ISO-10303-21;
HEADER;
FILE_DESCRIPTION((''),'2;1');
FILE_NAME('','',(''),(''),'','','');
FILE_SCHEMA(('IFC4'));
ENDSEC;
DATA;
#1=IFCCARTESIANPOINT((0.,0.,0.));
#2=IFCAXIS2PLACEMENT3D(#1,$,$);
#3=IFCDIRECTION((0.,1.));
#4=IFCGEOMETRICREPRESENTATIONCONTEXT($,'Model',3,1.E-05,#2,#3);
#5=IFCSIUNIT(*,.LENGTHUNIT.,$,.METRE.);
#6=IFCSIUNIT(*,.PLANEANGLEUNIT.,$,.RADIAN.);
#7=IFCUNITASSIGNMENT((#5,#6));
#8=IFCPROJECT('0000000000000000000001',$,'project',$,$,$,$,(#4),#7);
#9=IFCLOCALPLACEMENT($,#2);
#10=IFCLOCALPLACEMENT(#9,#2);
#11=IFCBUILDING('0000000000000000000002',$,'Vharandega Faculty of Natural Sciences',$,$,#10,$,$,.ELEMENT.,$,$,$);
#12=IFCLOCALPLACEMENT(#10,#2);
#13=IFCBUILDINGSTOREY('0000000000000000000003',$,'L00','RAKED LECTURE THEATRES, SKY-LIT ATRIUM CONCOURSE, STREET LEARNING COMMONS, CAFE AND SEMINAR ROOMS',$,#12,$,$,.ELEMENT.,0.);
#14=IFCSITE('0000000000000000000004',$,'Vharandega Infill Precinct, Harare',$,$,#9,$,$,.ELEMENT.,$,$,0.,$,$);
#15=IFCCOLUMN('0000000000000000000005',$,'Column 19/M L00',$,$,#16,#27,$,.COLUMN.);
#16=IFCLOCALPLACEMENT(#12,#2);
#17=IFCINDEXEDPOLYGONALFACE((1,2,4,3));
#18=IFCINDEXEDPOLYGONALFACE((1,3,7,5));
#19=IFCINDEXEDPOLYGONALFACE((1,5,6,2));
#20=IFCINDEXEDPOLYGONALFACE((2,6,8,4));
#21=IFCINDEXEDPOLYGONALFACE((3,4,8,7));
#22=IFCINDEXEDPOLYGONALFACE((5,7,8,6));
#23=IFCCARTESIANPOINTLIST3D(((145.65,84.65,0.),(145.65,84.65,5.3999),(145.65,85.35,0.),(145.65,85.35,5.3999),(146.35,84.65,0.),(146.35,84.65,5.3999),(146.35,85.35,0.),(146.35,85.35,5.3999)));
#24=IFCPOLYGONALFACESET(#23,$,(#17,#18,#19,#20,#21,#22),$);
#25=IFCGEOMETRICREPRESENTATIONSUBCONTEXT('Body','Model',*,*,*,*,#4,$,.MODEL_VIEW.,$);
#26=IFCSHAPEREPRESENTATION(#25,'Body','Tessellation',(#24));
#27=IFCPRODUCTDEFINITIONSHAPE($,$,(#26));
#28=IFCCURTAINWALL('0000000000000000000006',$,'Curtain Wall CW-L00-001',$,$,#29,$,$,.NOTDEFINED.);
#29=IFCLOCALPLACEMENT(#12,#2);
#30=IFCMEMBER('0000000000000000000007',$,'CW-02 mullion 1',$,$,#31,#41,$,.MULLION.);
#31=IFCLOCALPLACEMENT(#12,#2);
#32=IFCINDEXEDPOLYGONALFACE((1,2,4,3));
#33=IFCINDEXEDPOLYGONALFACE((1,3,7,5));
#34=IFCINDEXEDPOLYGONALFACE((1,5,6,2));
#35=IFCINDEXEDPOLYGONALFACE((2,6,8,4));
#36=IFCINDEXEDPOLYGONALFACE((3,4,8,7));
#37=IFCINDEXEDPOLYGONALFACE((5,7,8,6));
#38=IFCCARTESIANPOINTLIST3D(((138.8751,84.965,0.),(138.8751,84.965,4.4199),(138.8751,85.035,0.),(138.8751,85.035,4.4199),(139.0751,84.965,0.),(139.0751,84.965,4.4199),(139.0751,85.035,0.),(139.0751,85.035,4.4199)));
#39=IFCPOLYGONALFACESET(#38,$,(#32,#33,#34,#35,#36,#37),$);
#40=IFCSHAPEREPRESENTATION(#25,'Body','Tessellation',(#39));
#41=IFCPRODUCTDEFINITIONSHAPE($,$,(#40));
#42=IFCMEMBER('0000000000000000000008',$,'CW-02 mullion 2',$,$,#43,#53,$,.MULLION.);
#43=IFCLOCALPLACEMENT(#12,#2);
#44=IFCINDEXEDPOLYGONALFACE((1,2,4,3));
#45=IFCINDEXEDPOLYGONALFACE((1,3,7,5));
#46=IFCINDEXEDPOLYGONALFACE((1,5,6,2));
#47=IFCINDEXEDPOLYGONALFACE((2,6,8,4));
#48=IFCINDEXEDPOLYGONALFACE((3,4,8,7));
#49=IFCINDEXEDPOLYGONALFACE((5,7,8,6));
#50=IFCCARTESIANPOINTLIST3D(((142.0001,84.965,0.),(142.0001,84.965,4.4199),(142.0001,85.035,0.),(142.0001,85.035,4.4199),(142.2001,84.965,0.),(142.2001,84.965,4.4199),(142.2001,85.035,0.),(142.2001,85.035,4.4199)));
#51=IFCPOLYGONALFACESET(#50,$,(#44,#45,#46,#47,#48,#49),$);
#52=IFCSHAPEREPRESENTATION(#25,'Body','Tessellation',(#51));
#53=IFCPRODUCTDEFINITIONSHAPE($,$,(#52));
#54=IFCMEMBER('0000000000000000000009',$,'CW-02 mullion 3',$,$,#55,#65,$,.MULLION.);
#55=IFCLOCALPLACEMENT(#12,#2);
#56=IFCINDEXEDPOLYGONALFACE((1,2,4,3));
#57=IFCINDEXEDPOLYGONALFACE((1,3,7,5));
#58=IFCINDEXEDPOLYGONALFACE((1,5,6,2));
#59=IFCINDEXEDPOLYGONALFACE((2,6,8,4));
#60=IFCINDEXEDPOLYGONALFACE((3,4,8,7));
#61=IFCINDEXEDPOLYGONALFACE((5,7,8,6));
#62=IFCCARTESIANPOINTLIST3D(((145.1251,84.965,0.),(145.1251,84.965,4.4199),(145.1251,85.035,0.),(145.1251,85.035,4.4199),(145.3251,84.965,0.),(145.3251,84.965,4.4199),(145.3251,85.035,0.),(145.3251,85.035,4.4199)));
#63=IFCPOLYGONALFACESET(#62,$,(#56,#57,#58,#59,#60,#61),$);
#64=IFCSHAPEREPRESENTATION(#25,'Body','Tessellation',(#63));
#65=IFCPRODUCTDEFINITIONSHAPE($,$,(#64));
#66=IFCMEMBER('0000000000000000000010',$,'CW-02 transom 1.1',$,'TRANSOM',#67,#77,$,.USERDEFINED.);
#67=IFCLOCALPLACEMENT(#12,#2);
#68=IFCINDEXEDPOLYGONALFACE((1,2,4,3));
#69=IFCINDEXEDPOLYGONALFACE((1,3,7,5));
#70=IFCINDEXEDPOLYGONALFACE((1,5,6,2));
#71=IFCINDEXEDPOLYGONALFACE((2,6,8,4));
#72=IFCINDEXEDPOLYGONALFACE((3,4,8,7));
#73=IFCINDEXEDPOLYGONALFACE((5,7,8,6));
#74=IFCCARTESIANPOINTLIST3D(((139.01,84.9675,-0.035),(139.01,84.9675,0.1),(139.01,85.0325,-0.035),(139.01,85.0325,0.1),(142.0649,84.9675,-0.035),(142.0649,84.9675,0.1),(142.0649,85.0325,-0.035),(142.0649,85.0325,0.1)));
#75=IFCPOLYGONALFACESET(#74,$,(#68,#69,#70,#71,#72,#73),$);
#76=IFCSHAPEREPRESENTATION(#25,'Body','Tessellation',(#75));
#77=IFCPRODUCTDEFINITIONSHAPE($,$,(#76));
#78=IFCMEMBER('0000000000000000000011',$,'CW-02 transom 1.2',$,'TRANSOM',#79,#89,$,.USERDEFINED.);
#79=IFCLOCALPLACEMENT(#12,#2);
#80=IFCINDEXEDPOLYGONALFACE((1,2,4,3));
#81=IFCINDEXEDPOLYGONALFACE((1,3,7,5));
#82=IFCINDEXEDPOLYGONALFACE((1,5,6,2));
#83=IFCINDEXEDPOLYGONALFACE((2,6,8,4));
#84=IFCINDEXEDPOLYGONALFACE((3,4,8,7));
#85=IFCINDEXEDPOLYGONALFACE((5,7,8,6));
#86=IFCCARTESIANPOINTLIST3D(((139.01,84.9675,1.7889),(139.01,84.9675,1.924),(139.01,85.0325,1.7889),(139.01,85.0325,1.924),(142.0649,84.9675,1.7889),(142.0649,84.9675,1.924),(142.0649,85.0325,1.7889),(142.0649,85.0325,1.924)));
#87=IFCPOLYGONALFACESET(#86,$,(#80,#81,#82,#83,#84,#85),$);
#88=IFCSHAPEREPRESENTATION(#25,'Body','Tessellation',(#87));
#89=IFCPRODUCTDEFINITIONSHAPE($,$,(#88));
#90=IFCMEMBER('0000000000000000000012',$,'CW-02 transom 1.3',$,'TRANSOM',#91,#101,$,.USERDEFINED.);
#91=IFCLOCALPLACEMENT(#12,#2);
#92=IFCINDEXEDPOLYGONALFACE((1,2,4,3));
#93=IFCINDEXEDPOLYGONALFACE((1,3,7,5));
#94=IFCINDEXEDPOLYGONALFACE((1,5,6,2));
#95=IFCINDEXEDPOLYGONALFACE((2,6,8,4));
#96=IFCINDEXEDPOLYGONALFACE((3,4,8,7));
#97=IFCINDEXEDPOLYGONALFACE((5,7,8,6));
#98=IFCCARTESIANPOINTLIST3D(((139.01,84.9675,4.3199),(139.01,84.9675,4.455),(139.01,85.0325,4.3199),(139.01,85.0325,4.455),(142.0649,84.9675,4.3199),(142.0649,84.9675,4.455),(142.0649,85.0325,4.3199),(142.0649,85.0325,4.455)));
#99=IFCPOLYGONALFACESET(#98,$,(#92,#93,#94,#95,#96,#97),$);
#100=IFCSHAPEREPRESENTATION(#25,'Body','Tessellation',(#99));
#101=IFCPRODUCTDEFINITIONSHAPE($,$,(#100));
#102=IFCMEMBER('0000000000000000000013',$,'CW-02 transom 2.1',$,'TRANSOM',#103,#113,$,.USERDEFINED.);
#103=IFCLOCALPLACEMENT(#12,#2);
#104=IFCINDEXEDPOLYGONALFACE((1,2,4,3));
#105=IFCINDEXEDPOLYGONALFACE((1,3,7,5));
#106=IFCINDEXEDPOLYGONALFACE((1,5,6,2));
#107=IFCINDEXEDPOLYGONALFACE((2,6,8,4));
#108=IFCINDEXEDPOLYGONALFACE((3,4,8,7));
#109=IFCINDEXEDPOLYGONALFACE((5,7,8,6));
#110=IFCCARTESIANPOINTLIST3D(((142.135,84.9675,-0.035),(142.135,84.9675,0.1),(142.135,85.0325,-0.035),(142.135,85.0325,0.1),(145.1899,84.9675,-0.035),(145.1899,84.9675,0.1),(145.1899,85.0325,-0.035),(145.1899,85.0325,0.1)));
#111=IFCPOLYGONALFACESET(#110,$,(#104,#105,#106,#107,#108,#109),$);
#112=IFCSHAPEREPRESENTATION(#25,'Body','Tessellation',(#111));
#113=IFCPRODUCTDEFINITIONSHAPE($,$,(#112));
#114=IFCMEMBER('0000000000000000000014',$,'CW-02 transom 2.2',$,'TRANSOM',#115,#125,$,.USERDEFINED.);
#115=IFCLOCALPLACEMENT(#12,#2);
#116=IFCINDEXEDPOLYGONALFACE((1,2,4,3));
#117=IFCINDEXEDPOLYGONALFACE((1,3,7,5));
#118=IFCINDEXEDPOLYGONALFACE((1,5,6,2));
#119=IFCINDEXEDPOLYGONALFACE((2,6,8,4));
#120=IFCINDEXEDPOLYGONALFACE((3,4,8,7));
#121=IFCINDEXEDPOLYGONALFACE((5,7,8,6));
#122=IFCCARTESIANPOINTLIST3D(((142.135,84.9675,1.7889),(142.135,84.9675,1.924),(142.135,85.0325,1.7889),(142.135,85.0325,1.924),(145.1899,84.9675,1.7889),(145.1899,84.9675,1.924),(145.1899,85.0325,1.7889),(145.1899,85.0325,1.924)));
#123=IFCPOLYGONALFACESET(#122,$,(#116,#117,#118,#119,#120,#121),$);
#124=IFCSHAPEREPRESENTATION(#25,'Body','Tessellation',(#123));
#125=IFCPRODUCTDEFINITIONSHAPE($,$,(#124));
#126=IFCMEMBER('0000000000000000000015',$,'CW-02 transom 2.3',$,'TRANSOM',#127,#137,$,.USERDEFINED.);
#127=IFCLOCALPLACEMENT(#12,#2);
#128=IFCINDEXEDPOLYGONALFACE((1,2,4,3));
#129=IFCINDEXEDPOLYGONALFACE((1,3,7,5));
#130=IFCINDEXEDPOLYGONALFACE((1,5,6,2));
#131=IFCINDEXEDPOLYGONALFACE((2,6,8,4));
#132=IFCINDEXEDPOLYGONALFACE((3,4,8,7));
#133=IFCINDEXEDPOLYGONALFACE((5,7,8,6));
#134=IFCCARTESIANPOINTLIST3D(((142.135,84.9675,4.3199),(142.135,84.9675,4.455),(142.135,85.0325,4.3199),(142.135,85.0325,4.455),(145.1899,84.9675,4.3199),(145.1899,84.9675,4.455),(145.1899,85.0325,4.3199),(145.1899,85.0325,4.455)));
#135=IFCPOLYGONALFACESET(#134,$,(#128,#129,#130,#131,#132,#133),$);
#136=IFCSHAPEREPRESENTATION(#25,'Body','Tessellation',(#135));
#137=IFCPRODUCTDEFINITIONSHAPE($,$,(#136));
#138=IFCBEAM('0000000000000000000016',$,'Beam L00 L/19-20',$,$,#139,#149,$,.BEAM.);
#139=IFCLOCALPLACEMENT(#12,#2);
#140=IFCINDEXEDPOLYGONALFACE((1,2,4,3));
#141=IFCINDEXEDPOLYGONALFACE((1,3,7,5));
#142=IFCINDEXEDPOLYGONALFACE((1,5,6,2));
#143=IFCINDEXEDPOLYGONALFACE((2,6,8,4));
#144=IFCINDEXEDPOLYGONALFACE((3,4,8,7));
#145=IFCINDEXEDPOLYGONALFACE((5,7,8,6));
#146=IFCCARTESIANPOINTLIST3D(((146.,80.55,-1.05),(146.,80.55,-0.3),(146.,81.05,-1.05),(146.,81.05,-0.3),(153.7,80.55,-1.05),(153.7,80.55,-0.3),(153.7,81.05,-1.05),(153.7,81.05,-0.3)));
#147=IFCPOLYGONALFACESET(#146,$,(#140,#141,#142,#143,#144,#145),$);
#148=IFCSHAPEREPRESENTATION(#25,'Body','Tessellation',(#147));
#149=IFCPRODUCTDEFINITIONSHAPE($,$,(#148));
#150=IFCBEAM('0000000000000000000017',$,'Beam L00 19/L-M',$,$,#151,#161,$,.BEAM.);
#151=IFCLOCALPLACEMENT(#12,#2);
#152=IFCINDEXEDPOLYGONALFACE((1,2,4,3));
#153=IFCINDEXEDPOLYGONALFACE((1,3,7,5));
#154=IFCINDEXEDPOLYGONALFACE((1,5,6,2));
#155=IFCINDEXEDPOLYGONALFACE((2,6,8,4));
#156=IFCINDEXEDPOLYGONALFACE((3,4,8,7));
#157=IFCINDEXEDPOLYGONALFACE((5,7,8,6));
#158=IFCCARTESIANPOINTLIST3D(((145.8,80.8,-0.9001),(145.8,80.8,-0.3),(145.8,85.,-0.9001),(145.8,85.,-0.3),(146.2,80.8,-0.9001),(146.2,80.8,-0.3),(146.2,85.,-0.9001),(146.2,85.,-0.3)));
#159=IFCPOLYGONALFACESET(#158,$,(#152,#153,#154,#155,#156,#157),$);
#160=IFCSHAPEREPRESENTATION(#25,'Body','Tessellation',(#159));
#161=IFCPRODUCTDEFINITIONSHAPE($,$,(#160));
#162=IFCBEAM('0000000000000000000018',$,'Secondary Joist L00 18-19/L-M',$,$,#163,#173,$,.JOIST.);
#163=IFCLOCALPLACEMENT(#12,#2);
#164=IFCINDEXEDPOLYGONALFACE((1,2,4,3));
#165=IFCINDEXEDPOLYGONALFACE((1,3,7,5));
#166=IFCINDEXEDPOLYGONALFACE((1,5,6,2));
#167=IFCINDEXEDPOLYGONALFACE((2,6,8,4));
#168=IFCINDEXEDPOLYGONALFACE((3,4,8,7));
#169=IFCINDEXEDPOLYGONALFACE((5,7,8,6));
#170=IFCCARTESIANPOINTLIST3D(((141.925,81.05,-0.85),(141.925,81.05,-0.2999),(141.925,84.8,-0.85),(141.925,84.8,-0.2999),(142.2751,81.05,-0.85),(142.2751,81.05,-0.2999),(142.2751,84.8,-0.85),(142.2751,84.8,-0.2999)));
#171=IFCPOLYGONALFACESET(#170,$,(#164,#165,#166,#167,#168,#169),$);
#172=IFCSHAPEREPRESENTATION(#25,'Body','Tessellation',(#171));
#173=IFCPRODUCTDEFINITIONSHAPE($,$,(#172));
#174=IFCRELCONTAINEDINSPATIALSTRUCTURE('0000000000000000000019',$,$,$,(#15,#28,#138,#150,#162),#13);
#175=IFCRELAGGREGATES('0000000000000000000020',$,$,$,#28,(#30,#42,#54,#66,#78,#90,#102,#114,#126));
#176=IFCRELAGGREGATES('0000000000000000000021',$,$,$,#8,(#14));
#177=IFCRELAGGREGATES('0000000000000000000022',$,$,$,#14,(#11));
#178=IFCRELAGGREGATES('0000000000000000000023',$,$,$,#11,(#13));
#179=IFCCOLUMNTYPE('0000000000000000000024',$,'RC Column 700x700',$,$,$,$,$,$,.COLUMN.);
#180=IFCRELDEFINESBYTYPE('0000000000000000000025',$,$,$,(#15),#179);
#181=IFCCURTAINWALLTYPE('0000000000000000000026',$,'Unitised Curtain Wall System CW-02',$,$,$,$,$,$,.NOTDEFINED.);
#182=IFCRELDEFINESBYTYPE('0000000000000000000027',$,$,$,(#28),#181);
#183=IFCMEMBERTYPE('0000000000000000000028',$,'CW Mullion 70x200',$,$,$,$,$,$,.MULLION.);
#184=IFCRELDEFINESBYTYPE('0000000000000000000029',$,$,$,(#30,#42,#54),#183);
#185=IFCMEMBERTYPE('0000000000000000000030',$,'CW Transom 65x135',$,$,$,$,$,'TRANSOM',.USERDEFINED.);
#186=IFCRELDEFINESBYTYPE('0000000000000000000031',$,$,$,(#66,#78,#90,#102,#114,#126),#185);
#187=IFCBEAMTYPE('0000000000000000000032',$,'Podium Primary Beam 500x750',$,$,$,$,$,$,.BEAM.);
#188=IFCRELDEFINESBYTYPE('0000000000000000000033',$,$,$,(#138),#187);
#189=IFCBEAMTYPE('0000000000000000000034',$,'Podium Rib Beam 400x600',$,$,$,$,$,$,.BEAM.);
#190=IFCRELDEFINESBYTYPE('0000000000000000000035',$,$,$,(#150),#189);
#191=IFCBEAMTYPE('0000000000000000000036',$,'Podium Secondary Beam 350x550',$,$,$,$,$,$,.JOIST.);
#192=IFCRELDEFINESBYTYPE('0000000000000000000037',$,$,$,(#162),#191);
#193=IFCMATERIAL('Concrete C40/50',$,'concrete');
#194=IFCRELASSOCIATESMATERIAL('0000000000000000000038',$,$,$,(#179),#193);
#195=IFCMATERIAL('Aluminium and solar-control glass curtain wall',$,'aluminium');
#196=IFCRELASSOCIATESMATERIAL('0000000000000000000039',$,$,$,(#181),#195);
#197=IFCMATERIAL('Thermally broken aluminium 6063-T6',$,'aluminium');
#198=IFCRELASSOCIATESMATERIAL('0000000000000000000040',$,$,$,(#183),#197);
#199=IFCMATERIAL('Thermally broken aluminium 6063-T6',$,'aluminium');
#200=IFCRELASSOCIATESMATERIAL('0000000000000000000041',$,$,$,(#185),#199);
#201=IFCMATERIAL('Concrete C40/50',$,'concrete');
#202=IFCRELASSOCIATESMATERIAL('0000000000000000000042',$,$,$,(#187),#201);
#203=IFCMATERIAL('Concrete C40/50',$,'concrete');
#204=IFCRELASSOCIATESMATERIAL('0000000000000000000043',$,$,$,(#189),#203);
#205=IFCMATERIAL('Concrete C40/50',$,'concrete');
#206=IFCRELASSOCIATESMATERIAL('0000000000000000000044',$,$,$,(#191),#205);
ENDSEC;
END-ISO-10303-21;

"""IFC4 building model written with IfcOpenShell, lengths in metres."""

from ifc_helpers import new_model, si_unit, direction, frame, origin, origin_2d, place, context, subcontext, project, spatial, rectangle, extrude, material, material_profile, profile_set, type_object, element, aggregate, save


model = new_model("IFC4")

# Units and contexts
model_context = context("Model", 3, precision=1e-05, world=origin(), true_north=direction((0.0, 1.0)))
body_context = subcontext(model_context, "Body", "Model", "MODEL_VIEW")
ifc_project = project(units=[si_unit("LENGTHUNIT", "METRE"), si_unit("PLANEANGLEUNIT", "RADIAN")], contexts=[model_context])

# Site, building, storey
site_placement = place(None, origin())
site = spatial("IfcSite", under=ifc_project, at=site_placement, Name="Vharandega Infill Precinct, Harare", CompositionType="ELEMENT", RefElevation=0.0)
building_placement = place(site_placement, origin())
building = spatial("IfcBuilding", under=site, at=building_placement, Name="Vharandega Faculty of Natural Sciences", CompositionType="ELEMENT")
storey_placement = place(building_placement, origin())
storey = spatial("IfcBuildingStorey", under=building, at=storey_placement, Name="L00", Description="RAKED LECTURE THEATRES, SKY-LIT ATRIUM CONCOURSE, STREET LEARNING COMMONS, CAFE AND SEMINAR ROOMS", CompositionType="ELEMENT", Elevation=0.0)

# Column
ifc_material_1 = material(Name="Concrete C40/50", Category="concrete")
ifc_material_profile_1 = material_profile(ifc_material_1, rectangle(XDim=0.7, YDim=0.7, at=origin_2d()), Name="RC 700x700")
ifc_profile_set_1 = profile_set([ifc_material_profile_1], Name="Concrete C40/50")
column_type = type_object("IfcColumnType", Name="RC Column 700x700", PredefinedType="COLUMN", material=ifc_profile_set_1)
column_placement = place(storey_placement, frame((146.0, 85.0, 0.0), z_axis=(0.0, 0.0, 1.0), x_axis=(1.0, 0.0, 0.0)))
element("IfcColumn", 1, at=column_placement, inside=storey, type_object=column_type, Name="Column 19/M L00", PredefinedType="COLUMN", context=body_context, shape_type="SweptSolid", body=[
    extrude(rectangle(XDim=0.7, YDim=0.7, at=origin_2d()), origin(), (0.0, 0.0, 1.0), 5.3999),
])

# Curtain wall, members
ifc_material_2 = material(Name="Aluminium and solar-control glass curtain wall", Category="aluminium")
curtain_wall_type = type_object("IfcCurtainWallType", Name="Unitised Curtain Wall System CW-02", PredefinedType="NOTDEFINED", material=ifc_material_2)
curtain_wall_placement = place(storey_placement, origin())
curtain_wall = element("IfcCurtainWall", 2, at=curtain_wall_placement, inside=storey, type_object=curtain_wall_type, Name="Curtain Wall CW-L00-001", PredefinedType="NOTDEFINED")
ifc_material_3 = material(Name="Thermally broken aluminium 6063-T6", Category="aluminium")
ifc_material_profile_2 = material_profile(ifc_material_3, rectangle(XDim=0.0701, YDim=0.2, at=origin_2d()), Name="ALU 70x200")
ifc_profile_set_2 = profile_set([ifc_material_profile_2], Name="Thermally broken aluminium 6063-T6")
member_type_1 = type_object("IfcMemberType", Name="CW Mullion 70x200", PredefinedType="MULLION", material=ifc_profile_set_2)
member_1_placement = place(storey_placement, frame((138.9751, 85.0, 0.0), z_axis=(0.0, 0.0, 1.0), x_axis=(0.0, 1.0, 0.0)))
member_1 = element("IfcMember", 3, at=member_1_placement, type_object=member_type_1, Name="CW-02 mullion 1", PredefinedType="MULLION", context=body_context, shape_type="SweptSolid", body=[
    extrude(rectangle(XDim=0.0701, YDim=0.2, at=origin_2d()), origin(), (0.0, 0.0, 1.0), 4.4199),
])
member_2_placement = place(storey_placement, frame((142.1001, 85.0, 0.0), z_axis=(0.0, 0.0, 1.0), x_axis=(0.0, 1.0, 0.0)))
member_2 = element("IfcMember", 4, at=member_2_placement, type_object=member_type_1, Name="CW-02 mullion 2", PredefinedType="MULLION", context=body_context, shape_type="SweptSolid", body=[
    extrude(rectangle(XDim=0.0701, YDim=0.2, at=origin_2d()), origin(), (0.0, 0.0, 1.0), 4.4199),
])
member_3_placement = place(storey_placement, frame((145.2251, 85.0, 0.0), z_axis=(0.0, 0.0, 1.0), x_axis=(0.0, 1.0, 0.0)))
member_3 = element("IfcMember", 5, at=member_3_placement, type_object=member_type_1, Name="CW-02 mullion 3", PredefinedType="MULLION", context=body_context, shape_type="SweptSolid", body=[
    extrude(rectangle(XDim=0.0701, YDim=0.2, at=origin_2d()), origin(), (0.0, 0.0, 1.0), 4.4199),
])
ifc_material_4 = material(Name="Thermally broken aluminium 6063-T6", Category="aluminium")
ifc_material_profile_3 = material_profile(ifc_material_4, rectangle(XDim=0.0649, YDim=0.135, at=origin_2d()), Name="ALU 65x135")
ifc_profile_set_3 = profile_set([ifc_material_profile_3], Name="Thermally broken aluminium 6063-T6")
member_type_2 = type_object("IfcMemberType", Name="CW Transom 65x135", ElementType="TRANSOM", PredefinedType="USERDEFINED", material=ifc_profile_set_3)
member_4_placement = place(storey_placement, frame((139.01, 85.0, 0.0325), z_axis=(1.0, 0.0, 0.0), x_axis=(0.0, 1.0, 0.0)))
member_4 = element("IfcMember", 6, at=member_4_placement, type_object=member_type_2, Name="CW-02 transom 1.1", ObjectType="TRANSOM", PredefinedType="USERDEFINED", context=body_context, shape_type="SweptSolid", body=[
    extrude(rectangle(XDim=0.0649, YDim=0.135, at=origin_2d()), origin(), (0.0, 0.0, 1.0), 3.0549),
])
member_5_placement = place(storey_placement, frame((139.01, 85.0, 1.8564), z_axis=(1.0, 0.0, 0.0), x_axis=(0.0, 1.0, 0.0)))
member_5 = element("IfcMember", 7, at=member_5_placement, type_object=member_type_2, Name="CW-02 transom 1.2", ObjectType="TRANSOM", PredefinedType="USERDEFINED", context=body_context, shape_type="SweptSolid", body=[
    extrude(rectangle(XDim=0.0649, YDim=0.135, at=origin_2d()), origin(), (0.0, 0.0, 1.0), 3.0549),
])
member_6_placement = place(storey_placement, frame((139.01, 85.0, 4.3875), z_axis=(1.0, 0.0, 0.0), x_axis=(0.0, 1.0, 0.0)))
member_6 = element("IfcMember", 8, at=member_6_placement, type_object=member_type_2, Name="CW-02 transom 1.3", ObjectType="TRANSOM", PredefinedType="USERDEFINED", context=body_context, shape_type="SweptSolid", body=[
    extrude(rectangle(XDim=0.0649, YDim=0.135, at=origin_2d()), origin(), (0.0, 0.0, 1.0), 3.0549),
])
member_7_placement = place(storey_placement, frame((142.135, 85.0, 0.0325), z_axis=(1.0, 0.0, 0.0), x_axis=(0.0, 1.0, 0.0)))
member_7 = element("IfcMember", 9, at=member_7_placement, type_object=member_type_2, Name="CW-02 transom 2.1", ObjectType="TRANSOM", PredefinedType="USERDEFINED", context=body_context, shape_type="SweptSolid", body=[
    extrude(rectangle(XDim=0.0649, YDim=0.135, at=origin_2d()), origin(), (0.0, 0.0, 1.0), 3.0549),
])
member_8_placement = place(storey_placement, frame((142.135, 85.0, 1.8564), z_axis=(1.0, 0.0, 0.0), x_axis=(0.0, 1.0, 0.0)))
member_8 = element("IfcMember", 10, at=member_8_placement, type_object=member_type_2, Name="CW-02 transom 2.2", ObjectType="TRANSOM", PredefinedType="USERDEFINED", context=body_context, shape_type="SweptSolid", body=[
    extrude(rectangle(XDim=0.0649, YDim=0.135, at=origin_2d()), origin(), (0.0, 0.0, 1.0), 3.0549),
])
member_9_placement = place(storey_placement, frame((142.135, 85.0, 4.3875), z_axis=(1.0, 0.0, 0.0), x_axis=(0.0, 1.0, 0.0)))
member_9 = element("IfcMember", 11, at=member_9_placement, type_object=member_type_2, Name="CW-02 transom 2.3", ObjectType="TRANSOM", PredefinedType="USERDEFINED", context=body_context, shape_type="SweptSolid", body=[
    extrude(rectangle(XDim=0.0649, YDim=0.135, at=origin_2d()), origin(), (0.0, 0.0, 1.0), 3.0549),
])

# Beams
ifc_material_5 = material(Name="Concrete C40/50", Category="concrete")
ifc_material_profile_4 = material_profile(ifc_material_5, rectangle(XDim=0.5, YDim=0.75, at=origin_2d()), Name="RC 500x750")
ifc_profile_set_4 = profile_set([ifc_material_profile_4], Name="Concrete C40/50")
beam_type_1 = type_object("IfcBeamType", Name="Podium Primary Beam 500x750", PredefinedType="BEAM", material=ifc_profile_set_4)
beam_1_placement = place(storey_placement, frame((146.0, 80.8, -0.675), z_axis=(1.0, 0.0, 0.0), x_axis=(0.0, 1.0, 0.0)))
element("IfcBeam", 12, at=beam_1_placement, inside=storey, type_object=beam_type_1, Name="Beam L00 L/19-20", PredefinedType="BEAM", context=body_context, shape_type="SweptSolid", body=[
    extrude(rectangle(XDim=0.5, YDim=0.75, at=origin_2d()), origin(), (0.0, 0.0, 1.0), 7.7),
])
ifc_material_6 = material(Name="Concrete C40/50", Category="concrete")
ifc_material_profile_5 = material_profile(ifc_material_6, rectangle(XDim=0.3999, YDim=0.6001, at=origin_2d()), Name="RC 400x600")
ifc_profile_set_5 = profile_set([ifc_material_profile_5], Name="Concrete C40/50")
beam_type_2 = type_object("IfcBeamType", Name="Podium Rib Beam 400x600", PredefinedType="BEAM", material=ifc_profile_set_5)
beam_2_placement = place(storey_placement, frame((146.0, 80.8, -0.6001), z_axis=(0.0, 1.0, 0.0), x_axis=(-1.0, 0.0, 0.0)))
element("IfcBeam", 13, at=beam_2_placement, inside=storey, type_object=beam_type_2, Name="Beam L00 19/L-M", PredefinedType="BEAM", context=body_context, shape_type="SweptSolid", body=[
    extrude(rectangle(XDim=0.3999, YDim=0.6001, at=origin_2d()), origin(), (0.0, 0.0, 1.0), 4.2),
])
ifc_material_7 = material(Name="Concrete C40/50", Category="concrete")
ifc_material_profile_6 = material_profile(ifc_material_7, rectangle(XDim=0.3501, YDim=0.55, at=origin_2d()), Name="RC 350x550")
ifc_profile_set_6 = profile_set([ifc_material_profile_6], Name="Concrete C40/50")
beam_type_3 = type_object("IfcBeamType", Name="Podium Secondary Beam 350x550", PredefinedType="JOIST", material=ifc_profile_set_6)
beam_3_placement = place(storey_placement, frame((142.1001, 81.05, -0.575), z_axis=(0.0, 1.0, 0.0), x_axis=(-1.0, 0.0, 0.0)))
element("IfcBeam", 14, at=beam_3_placement, inside=storey, type_object=beam_type_3, Name="Secondary Joist L00 18-19/L-M", PredefinedType="JOIST", context=body_context, shape_type="SweptSolid", body=[
    extrude(rectangle(XDim=0.3501, YDim=0.55, at=origin_2d()), origin(), (0.0, 0.0, 1.0), 3.75),
])

aggregate(curtain_wall, [member_1, member_2, member_3, member_4, member_5, member_6, member_7, member_8, member_9])

save(model, "model.ifc")
